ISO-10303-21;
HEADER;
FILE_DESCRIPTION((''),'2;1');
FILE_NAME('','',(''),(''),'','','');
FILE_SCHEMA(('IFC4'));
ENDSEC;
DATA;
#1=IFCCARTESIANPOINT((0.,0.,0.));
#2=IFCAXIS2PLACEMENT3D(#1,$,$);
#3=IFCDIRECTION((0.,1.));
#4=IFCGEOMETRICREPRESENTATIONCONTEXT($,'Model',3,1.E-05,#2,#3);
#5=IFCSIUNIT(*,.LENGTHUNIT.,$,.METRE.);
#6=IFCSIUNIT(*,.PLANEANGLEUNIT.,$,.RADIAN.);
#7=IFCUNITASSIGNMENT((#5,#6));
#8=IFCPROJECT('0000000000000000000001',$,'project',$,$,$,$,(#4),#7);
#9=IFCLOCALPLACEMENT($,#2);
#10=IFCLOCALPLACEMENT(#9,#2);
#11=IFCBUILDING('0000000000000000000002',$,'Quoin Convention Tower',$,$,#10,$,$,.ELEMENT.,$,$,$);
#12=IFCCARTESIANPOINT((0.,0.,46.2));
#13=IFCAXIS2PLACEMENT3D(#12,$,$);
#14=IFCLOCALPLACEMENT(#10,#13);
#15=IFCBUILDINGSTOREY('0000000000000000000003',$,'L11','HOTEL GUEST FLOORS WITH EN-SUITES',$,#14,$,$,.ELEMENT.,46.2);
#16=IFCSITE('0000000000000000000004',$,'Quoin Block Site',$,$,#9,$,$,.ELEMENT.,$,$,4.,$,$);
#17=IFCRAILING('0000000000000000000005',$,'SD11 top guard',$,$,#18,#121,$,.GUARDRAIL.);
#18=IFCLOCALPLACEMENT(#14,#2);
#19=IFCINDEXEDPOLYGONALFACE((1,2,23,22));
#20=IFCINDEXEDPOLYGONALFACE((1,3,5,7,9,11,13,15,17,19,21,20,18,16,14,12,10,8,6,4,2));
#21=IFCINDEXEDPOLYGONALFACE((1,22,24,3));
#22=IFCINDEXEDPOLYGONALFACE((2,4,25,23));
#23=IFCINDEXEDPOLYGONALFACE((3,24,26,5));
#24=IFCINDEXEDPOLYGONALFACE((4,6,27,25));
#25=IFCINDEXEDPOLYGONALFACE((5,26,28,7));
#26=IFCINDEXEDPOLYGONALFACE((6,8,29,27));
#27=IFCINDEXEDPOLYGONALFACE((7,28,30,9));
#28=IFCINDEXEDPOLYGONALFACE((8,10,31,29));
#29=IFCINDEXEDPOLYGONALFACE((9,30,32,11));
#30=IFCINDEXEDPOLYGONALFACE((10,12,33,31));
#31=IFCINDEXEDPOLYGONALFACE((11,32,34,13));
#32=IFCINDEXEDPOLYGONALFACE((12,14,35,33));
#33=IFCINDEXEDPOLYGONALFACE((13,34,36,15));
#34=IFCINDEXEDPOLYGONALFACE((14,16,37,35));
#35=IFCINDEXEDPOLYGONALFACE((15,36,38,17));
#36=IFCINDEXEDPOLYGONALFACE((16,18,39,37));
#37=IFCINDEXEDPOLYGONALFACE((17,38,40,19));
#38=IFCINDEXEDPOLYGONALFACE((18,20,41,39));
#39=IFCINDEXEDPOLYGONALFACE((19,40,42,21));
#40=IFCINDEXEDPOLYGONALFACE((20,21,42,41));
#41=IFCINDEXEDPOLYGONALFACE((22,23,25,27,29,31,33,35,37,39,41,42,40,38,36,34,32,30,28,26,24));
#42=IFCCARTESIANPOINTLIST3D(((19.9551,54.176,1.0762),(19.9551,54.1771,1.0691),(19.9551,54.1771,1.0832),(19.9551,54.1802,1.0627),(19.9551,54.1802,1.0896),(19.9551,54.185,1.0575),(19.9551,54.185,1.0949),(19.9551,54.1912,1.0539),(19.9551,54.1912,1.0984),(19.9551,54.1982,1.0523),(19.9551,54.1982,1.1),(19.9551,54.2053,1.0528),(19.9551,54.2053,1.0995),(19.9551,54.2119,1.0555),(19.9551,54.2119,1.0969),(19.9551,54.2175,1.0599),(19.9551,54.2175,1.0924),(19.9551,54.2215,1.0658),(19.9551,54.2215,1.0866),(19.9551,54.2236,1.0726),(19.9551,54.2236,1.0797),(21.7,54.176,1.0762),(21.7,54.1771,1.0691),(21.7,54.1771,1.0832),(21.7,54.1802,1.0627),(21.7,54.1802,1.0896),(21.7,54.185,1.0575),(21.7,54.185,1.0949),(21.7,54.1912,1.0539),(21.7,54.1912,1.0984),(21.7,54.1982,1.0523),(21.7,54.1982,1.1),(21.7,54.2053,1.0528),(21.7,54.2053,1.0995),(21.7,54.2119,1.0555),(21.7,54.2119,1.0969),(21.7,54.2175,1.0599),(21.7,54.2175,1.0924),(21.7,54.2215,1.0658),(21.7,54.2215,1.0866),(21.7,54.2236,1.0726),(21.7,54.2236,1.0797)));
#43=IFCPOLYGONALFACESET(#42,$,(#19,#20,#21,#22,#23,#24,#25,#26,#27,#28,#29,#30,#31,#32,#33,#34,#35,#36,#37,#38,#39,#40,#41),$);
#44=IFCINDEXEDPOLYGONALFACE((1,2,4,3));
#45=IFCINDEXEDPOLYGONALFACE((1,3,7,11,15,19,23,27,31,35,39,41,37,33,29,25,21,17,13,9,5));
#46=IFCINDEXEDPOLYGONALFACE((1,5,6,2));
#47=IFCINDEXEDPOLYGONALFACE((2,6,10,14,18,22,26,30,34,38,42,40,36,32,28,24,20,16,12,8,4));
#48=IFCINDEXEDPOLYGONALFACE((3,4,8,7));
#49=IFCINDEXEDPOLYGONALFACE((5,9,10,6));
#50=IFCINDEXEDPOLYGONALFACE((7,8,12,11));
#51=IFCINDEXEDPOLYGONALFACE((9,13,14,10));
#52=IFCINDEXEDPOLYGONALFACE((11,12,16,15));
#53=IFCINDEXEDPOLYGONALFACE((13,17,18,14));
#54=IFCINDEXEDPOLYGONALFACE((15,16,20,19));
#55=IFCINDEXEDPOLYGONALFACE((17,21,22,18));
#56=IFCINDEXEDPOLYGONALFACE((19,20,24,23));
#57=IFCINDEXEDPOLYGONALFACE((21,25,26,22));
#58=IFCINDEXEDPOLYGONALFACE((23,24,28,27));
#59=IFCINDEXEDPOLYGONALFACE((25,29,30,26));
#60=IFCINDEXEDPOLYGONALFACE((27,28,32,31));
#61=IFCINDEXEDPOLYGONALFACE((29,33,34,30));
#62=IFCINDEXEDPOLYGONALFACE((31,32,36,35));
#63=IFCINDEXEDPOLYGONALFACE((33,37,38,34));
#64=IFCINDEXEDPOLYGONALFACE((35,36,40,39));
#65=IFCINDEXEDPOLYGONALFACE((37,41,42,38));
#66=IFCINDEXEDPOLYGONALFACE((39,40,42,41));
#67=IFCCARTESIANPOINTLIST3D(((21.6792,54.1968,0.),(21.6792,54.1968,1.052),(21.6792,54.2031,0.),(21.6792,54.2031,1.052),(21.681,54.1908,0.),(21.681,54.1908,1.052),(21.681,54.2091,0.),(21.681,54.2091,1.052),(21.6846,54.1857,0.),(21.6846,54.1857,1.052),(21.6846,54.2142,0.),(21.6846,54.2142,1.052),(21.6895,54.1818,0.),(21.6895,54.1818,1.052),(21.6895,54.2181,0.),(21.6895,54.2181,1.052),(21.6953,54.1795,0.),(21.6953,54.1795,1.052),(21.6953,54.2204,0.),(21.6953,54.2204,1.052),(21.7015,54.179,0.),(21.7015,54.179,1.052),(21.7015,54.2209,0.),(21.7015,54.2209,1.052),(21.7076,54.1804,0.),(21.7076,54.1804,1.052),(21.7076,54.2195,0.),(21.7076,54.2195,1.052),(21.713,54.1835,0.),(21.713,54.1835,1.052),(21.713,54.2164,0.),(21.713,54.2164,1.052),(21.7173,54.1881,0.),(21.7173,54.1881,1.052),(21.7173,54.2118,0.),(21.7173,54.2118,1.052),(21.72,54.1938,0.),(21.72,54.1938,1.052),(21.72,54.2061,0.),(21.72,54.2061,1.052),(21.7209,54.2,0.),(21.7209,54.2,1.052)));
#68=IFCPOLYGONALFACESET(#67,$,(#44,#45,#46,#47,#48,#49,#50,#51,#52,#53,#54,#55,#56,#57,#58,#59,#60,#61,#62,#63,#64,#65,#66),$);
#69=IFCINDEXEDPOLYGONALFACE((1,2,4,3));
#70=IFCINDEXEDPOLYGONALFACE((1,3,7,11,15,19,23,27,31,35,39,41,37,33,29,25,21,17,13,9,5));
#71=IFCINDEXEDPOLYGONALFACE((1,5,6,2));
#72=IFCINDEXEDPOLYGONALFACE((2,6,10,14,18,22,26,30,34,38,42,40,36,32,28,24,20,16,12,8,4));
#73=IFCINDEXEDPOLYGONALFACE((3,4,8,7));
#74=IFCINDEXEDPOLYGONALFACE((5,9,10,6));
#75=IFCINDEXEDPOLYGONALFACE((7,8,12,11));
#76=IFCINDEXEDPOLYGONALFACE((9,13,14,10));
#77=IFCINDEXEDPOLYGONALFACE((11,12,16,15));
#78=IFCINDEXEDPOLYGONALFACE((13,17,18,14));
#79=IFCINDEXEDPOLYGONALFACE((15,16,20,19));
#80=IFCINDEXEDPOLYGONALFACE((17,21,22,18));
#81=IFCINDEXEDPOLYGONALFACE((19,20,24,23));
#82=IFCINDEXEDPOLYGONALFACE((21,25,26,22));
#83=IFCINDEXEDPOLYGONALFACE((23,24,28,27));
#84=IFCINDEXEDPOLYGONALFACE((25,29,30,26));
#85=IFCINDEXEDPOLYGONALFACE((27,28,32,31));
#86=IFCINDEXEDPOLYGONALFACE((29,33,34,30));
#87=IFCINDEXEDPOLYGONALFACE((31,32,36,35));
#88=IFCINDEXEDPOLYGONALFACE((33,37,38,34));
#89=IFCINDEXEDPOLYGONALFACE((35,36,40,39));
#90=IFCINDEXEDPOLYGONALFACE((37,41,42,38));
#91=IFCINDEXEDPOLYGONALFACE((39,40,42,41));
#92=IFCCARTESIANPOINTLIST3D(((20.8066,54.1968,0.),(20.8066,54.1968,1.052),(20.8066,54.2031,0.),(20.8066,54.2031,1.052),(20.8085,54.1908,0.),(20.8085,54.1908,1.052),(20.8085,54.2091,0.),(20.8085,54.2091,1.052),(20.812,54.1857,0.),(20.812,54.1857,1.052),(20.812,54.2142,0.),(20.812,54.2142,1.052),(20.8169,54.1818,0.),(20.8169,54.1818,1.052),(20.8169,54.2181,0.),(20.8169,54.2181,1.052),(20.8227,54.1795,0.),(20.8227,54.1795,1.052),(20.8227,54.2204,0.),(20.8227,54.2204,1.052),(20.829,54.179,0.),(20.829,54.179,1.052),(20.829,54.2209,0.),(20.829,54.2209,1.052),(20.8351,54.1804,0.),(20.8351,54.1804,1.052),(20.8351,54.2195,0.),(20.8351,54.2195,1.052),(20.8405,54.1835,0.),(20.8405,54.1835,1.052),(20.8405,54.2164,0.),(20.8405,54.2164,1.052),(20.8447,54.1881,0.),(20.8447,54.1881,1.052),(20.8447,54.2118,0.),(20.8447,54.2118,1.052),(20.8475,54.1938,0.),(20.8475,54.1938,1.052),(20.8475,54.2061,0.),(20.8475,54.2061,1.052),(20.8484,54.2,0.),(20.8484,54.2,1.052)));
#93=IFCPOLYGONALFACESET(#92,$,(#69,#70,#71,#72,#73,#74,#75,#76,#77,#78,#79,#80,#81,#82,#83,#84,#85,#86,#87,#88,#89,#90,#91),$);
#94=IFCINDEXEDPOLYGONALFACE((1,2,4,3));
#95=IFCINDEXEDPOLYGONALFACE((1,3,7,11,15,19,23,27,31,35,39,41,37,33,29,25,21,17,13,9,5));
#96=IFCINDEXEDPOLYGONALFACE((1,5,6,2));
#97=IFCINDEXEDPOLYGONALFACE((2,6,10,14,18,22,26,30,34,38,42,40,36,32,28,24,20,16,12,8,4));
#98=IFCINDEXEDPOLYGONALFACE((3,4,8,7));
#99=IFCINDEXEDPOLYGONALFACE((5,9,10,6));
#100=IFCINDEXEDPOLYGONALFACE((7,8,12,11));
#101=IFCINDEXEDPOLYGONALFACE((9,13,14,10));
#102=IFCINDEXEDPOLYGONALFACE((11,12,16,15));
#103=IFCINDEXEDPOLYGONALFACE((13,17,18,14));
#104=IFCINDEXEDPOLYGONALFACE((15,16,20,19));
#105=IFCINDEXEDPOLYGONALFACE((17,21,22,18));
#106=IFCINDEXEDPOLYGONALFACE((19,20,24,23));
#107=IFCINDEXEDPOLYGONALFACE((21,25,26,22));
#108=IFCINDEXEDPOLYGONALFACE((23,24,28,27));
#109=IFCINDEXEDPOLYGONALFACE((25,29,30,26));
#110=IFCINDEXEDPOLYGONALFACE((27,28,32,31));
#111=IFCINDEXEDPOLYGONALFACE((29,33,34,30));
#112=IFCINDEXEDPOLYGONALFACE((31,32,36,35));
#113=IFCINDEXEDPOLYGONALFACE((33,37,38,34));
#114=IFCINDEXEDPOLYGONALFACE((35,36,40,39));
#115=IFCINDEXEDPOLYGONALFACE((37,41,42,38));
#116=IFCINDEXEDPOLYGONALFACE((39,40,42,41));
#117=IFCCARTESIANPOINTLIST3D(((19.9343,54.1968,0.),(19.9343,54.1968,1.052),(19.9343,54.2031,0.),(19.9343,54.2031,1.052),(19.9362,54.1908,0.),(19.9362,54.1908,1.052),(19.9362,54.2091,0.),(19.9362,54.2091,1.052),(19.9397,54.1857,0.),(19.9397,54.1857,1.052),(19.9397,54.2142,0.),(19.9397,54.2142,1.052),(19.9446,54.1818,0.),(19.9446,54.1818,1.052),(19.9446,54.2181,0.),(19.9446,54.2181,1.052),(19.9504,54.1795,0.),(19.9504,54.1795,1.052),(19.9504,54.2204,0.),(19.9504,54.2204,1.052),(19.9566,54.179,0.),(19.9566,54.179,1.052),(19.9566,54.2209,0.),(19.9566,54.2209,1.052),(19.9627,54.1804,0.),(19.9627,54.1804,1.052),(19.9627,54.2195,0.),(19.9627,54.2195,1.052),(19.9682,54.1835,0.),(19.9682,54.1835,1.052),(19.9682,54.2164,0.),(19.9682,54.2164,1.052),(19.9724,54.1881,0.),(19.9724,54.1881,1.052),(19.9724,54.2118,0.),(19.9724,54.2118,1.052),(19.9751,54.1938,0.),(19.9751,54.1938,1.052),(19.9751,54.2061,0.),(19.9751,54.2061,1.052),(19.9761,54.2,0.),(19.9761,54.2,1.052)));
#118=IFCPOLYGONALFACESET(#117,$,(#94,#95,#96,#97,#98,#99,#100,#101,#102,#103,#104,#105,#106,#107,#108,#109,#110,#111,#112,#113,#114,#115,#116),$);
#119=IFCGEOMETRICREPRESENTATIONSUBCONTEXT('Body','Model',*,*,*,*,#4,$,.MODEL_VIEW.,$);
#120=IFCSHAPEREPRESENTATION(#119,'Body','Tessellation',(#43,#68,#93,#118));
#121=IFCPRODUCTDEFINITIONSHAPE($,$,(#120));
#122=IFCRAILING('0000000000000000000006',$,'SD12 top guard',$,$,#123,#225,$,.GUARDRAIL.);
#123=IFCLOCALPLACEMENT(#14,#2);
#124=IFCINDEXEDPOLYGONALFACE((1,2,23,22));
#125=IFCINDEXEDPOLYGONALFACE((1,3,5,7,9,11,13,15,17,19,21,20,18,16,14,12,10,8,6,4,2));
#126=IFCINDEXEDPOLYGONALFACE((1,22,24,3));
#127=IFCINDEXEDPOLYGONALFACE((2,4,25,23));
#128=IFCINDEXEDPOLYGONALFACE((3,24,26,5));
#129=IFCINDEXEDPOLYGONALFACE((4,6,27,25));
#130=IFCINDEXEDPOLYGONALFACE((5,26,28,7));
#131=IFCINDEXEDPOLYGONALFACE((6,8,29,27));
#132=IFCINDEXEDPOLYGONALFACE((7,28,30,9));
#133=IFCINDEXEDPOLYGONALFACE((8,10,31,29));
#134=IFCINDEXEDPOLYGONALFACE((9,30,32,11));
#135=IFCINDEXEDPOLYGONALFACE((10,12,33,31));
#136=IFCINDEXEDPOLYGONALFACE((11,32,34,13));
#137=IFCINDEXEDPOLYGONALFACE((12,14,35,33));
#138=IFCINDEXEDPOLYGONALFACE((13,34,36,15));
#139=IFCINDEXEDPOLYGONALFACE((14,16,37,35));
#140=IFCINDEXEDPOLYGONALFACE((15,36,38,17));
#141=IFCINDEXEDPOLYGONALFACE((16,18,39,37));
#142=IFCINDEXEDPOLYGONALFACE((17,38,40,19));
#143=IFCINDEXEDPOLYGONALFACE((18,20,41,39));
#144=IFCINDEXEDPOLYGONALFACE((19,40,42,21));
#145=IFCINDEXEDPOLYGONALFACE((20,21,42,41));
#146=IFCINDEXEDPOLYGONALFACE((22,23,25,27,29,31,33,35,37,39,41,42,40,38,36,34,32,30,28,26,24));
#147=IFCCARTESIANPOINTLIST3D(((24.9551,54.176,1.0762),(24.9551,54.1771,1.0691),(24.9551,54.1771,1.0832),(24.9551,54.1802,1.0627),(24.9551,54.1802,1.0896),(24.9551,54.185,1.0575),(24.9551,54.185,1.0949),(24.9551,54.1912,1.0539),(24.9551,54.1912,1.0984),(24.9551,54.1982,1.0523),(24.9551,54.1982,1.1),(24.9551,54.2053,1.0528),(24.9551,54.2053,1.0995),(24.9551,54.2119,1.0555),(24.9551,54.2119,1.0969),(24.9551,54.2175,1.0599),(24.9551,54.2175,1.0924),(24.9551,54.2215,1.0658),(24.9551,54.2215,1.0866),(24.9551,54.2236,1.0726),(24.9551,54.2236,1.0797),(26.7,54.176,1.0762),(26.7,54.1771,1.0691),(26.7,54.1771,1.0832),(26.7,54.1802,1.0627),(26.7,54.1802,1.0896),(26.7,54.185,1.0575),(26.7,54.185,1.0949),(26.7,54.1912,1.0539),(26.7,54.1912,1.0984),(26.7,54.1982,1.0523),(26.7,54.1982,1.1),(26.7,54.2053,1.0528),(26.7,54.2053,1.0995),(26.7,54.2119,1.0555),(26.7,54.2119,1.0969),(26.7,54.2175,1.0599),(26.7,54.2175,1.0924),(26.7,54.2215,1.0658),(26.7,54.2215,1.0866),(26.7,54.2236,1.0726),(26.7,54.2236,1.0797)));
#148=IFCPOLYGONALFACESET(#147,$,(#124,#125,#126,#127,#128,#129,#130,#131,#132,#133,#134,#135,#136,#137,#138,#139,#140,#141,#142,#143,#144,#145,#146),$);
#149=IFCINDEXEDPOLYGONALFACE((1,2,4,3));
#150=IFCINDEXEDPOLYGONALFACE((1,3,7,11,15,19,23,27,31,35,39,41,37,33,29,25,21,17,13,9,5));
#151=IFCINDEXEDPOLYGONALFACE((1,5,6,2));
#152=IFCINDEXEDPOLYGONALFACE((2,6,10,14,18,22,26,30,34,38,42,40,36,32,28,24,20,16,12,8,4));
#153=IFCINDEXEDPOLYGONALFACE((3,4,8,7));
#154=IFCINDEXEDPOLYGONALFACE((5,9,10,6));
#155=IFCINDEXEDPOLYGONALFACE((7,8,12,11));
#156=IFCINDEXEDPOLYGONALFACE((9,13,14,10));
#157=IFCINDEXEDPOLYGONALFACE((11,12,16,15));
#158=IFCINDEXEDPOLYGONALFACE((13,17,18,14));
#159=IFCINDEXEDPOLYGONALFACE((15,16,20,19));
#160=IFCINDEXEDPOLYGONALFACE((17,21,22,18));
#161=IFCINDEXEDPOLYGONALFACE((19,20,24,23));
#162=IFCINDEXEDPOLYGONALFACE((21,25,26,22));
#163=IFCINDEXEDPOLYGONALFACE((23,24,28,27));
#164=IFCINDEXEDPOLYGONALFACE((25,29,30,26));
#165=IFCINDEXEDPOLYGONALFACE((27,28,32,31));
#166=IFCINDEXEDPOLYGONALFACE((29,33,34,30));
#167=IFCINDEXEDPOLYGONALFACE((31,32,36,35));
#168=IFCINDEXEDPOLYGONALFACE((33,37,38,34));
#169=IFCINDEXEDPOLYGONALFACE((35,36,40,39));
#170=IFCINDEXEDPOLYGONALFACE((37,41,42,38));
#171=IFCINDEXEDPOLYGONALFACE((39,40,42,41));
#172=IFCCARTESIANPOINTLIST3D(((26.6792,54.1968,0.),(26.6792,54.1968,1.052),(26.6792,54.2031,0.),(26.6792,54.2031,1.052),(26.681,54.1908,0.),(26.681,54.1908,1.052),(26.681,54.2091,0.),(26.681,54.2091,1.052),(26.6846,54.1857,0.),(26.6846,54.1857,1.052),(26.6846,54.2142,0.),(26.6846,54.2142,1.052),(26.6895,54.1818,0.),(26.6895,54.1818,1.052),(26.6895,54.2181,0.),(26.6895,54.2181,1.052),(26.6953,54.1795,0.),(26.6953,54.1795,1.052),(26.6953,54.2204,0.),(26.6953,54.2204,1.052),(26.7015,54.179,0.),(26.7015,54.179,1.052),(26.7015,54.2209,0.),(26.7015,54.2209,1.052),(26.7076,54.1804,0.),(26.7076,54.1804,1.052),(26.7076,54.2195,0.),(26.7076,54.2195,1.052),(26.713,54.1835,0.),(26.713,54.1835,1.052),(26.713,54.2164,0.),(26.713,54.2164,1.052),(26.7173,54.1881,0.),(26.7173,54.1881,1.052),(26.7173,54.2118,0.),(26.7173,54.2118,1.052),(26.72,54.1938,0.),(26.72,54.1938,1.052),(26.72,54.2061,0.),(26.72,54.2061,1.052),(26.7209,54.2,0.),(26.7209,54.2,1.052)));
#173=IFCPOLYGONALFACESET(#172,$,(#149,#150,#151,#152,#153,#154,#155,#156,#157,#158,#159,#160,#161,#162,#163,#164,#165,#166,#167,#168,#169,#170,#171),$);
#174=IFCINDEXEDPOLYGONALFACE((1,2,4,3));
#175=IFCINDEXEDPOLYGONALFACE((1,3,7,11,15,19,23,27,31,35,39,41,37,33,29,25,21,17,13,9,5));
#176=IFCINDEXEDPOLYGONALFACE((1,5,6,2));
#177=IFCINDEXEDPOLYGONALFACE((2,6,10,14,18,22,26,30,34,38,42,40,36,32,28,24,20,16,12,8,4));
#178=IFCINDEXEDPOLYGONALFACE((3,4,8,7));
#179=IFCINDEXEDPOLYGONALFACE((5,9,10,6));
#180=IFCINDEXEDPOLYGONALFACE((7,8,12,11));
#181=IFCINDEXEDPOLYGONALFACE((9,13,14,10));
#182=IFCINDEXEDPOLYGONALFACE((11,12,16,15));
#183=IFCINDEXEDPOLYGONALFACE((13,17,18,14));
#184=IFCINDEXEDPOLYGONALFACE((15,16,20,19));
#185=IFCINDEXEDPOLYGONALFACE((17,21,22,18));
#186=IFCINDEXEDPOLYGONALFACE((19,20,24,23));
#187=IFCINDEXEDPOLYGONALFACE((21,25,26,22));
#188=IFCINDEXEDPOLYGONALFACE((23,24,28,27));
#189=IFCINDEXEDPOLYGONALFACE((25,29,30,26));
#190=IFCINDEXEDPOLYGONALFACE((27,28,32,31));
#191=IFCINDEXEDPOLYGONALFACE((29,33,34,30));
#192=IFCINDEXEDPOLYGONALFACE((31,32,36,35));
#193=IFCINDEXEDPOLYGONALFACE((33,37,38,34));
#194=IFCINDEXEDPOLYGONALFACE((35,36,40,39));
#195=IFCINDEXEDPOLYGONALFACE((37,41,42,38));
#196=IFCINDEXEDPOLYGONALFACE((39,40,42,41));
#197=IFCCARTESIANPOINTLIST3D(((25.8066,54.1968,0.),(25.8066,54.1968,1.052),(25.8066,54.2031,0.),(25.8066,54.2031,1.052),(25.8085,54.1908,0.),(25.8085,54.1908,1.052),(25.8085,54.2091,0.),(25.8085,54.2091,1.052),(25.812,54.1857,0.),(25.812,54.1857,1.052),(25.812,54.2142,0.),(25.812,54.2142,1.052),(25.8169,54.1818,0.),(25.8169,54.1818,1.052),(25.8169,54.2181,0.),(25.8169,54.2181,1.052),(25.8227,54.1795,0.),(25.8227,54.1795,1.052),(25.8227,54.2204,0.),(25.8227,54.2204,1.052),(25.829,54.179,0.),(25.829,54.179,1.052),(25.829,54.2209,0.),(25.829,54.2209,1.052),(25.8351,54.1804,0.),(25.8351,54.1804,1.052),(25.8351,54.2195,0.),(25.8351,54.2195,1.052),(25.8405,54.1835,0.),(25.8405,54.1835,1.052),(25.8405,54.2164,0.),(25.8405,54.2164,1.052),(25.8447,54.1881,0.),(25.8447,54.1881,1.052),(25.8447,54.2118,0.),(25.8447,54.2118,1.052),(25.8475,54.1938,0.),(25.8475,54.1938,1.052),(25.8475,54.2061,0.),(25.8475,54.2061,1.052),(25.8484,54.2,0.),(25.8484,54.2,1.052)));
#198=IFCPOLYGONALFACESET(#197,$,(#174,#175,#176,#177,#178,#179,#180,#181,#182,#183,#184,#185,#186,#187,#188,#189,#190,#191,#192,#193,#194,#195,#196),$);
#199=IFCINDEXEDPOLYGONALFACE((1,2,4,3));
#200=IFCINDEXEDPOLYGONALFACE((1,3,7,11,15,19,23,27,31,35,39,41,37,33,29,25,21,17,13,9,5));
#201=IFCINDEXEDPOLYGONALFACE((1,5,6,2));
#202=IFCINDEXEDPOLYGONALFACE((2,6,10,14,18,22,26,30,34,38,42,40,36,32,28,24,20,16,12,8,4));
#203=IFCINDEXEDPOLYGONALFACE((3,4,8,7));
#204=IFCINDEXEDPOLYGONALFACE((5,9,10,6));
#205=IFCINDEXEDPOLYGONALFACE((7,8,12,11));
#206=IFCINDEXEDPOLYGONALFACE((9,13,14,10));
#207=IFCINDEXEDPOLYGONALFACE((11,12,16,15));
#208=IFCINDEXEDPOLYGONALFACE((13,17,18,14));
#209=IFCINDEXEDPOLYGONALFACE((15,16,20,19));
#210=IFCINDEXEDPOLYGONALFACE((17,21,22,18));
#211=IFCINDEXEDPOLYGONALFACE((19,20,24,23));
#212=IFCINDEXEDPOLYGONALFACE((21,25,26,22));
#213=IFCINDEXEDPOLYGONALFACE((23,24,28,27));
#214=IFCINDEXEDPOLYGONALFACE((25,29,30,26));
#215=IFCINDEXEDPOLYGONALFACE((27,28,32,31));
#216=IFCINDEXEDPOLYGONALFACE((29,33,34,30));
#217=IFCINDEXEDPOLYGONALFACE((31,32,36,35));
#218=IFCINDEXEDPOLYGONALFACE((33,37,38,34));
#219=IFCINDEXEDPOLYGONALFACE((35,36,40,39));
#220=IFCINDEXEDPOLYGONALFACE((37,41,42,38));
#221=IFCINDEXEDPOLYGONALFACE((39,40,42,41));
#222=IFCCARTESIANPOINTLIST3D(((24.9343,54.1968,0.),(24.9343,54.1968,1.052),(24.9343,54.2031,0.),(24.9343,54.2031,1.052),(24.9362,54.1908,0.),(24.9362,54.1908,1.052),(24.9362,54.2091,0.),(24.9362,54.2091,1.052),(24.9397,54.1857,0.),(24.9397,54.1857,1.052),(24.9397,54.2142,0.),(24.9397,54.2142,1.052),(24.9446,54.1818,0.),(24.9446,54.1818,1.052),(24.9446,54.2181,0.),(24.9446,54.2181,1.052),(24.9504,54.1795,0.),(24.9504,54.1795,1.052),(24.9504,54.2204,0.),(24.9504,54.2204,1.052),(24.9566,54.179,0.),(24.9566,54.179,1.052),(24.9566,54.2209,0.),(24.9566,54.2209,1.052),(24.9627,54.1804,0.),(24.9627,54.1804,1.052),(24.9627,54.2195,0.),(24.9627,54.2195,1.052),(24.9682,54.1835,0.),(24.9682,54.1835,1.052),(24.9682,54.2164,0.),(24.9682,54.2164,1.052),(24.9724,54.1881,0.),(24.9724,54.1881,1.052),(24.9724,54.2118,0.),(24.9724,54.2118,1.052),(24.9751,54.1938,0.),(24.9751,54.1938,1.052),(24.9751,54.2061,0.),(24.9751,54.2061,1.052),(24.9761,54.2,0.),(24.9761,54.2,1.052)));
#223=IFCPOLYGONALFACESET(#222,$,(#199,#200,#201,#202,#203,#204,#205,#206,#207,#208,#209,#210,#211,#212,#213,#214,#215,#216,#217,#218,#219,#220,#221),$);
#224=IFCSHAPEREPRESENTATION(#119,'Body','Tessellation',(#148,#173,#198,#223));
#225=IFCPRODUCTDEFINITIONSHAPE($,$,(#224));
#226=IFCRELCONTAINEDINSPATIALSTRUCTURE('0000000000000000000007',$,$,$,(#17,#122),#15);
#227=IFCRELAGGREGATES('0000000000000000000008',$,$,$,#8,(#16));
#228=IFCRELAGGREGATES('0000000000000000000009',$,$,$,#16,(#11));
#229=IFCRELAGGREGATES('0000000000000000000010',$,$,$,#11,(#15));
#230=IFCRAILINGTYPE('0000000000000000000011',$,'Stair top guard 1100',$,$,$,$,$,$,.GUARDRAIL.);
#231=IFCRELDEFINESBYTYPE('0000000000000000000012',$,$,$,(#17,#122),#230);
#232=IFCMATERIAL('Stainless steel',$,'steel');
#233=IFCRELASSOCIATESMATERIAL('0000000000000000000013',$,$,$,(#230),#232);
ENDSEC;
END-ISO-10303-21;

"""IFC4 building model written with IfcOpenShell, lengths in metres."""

from ifc_helpers import new_model, si_unit, direction, frame, origin, origin_2d, place, context, subcontext, project, spatial, circle, extrude, material, type_object, element, save


model = new_model("IFC4")

# Units and contexts
model_context = context("Model", 3, precision=1e-05, world=origin(), true_north=direction((0.0, 1.0)))
body_context = subcontext(model_context, "Body", "Model", "MODEL_VIEW")
ifc_project = project(units=[si_unit("LENGTHUNIT", "METRE"), si_unit("PLANEANGLEUNIT", "RADIAN")], contexts=[model_context])

# Site, building, storey
site_placement = place(None, origin())
site = spatial("IfcSite", under=ifc_project, at=site_placement, Name="Quoin Block Site", CompositionType="ELEMENT", RefElevation=4.0)
building_placement = place(site_placement, origin())
building = spatial("IfcBuilding", under=site, at=building_placement, Name="Quoin Convention Tower", CompositionType="ELEMENT")
storey_placement = place(building_placement, frame((0.0, 0.0, 46.2)))
storey = spatial("IfcBuildingStorey", under=building, at=storey_placement, Name="L11", Description="HOTEL GUEST FLOORS WITH EN-SUITES", CompositionType="ELEMENT", Elevation=46.2)

# Railings
ifc_material_1 = material(Name="Stainless steel", Category="steel")
railing_type_1 = type_object("IfcRailingType", Name="Stair top guard 1100", PredefinedType="GUARDRAIL", material=ifc_material_1)
for number, where, name in (
    (1, (21.7, 54.2, 0.0), "SD11 top guard"),
    (2, (26.7, 54.2, 0.0), "SD12 top guard"),
):
    element("IfcRailing", number, at=place(storey_placement, frame(where)), inside=storey, type_object=railing_type_1, Name=name, PredefinedType="GUARDRAIL", context=body_context, shape_type="SweptSolid", body=[
        extrude(circle(Radius=0.0239, at=origin_2d()), frame((0.0, 0.0, 1.0762), z_axis=(-1.0, 0.0, 0.0), x_axis=(0.0, -1.0, 0.0)), (0.0, 0.0, 1.0), 1.7449),
        extrude(circle(Radius=0.021, at=origin_2d()), origin(), (0.0, 0.0, 1.0), 1.052),
        extrude(circle(Radius=0.021, at=origin_2d()), frame((-0.8726, 0.0, 0.0)), (0.0, 0.0, 1.0), 1.052),
        extrude(circle(Radius=0.021, at=origin_2d()), frame((-1.7449, 0.0, 0.0)), (0.0, 0.0, 1.0), 1.052),
    ])

save(model, "model.ifc")
